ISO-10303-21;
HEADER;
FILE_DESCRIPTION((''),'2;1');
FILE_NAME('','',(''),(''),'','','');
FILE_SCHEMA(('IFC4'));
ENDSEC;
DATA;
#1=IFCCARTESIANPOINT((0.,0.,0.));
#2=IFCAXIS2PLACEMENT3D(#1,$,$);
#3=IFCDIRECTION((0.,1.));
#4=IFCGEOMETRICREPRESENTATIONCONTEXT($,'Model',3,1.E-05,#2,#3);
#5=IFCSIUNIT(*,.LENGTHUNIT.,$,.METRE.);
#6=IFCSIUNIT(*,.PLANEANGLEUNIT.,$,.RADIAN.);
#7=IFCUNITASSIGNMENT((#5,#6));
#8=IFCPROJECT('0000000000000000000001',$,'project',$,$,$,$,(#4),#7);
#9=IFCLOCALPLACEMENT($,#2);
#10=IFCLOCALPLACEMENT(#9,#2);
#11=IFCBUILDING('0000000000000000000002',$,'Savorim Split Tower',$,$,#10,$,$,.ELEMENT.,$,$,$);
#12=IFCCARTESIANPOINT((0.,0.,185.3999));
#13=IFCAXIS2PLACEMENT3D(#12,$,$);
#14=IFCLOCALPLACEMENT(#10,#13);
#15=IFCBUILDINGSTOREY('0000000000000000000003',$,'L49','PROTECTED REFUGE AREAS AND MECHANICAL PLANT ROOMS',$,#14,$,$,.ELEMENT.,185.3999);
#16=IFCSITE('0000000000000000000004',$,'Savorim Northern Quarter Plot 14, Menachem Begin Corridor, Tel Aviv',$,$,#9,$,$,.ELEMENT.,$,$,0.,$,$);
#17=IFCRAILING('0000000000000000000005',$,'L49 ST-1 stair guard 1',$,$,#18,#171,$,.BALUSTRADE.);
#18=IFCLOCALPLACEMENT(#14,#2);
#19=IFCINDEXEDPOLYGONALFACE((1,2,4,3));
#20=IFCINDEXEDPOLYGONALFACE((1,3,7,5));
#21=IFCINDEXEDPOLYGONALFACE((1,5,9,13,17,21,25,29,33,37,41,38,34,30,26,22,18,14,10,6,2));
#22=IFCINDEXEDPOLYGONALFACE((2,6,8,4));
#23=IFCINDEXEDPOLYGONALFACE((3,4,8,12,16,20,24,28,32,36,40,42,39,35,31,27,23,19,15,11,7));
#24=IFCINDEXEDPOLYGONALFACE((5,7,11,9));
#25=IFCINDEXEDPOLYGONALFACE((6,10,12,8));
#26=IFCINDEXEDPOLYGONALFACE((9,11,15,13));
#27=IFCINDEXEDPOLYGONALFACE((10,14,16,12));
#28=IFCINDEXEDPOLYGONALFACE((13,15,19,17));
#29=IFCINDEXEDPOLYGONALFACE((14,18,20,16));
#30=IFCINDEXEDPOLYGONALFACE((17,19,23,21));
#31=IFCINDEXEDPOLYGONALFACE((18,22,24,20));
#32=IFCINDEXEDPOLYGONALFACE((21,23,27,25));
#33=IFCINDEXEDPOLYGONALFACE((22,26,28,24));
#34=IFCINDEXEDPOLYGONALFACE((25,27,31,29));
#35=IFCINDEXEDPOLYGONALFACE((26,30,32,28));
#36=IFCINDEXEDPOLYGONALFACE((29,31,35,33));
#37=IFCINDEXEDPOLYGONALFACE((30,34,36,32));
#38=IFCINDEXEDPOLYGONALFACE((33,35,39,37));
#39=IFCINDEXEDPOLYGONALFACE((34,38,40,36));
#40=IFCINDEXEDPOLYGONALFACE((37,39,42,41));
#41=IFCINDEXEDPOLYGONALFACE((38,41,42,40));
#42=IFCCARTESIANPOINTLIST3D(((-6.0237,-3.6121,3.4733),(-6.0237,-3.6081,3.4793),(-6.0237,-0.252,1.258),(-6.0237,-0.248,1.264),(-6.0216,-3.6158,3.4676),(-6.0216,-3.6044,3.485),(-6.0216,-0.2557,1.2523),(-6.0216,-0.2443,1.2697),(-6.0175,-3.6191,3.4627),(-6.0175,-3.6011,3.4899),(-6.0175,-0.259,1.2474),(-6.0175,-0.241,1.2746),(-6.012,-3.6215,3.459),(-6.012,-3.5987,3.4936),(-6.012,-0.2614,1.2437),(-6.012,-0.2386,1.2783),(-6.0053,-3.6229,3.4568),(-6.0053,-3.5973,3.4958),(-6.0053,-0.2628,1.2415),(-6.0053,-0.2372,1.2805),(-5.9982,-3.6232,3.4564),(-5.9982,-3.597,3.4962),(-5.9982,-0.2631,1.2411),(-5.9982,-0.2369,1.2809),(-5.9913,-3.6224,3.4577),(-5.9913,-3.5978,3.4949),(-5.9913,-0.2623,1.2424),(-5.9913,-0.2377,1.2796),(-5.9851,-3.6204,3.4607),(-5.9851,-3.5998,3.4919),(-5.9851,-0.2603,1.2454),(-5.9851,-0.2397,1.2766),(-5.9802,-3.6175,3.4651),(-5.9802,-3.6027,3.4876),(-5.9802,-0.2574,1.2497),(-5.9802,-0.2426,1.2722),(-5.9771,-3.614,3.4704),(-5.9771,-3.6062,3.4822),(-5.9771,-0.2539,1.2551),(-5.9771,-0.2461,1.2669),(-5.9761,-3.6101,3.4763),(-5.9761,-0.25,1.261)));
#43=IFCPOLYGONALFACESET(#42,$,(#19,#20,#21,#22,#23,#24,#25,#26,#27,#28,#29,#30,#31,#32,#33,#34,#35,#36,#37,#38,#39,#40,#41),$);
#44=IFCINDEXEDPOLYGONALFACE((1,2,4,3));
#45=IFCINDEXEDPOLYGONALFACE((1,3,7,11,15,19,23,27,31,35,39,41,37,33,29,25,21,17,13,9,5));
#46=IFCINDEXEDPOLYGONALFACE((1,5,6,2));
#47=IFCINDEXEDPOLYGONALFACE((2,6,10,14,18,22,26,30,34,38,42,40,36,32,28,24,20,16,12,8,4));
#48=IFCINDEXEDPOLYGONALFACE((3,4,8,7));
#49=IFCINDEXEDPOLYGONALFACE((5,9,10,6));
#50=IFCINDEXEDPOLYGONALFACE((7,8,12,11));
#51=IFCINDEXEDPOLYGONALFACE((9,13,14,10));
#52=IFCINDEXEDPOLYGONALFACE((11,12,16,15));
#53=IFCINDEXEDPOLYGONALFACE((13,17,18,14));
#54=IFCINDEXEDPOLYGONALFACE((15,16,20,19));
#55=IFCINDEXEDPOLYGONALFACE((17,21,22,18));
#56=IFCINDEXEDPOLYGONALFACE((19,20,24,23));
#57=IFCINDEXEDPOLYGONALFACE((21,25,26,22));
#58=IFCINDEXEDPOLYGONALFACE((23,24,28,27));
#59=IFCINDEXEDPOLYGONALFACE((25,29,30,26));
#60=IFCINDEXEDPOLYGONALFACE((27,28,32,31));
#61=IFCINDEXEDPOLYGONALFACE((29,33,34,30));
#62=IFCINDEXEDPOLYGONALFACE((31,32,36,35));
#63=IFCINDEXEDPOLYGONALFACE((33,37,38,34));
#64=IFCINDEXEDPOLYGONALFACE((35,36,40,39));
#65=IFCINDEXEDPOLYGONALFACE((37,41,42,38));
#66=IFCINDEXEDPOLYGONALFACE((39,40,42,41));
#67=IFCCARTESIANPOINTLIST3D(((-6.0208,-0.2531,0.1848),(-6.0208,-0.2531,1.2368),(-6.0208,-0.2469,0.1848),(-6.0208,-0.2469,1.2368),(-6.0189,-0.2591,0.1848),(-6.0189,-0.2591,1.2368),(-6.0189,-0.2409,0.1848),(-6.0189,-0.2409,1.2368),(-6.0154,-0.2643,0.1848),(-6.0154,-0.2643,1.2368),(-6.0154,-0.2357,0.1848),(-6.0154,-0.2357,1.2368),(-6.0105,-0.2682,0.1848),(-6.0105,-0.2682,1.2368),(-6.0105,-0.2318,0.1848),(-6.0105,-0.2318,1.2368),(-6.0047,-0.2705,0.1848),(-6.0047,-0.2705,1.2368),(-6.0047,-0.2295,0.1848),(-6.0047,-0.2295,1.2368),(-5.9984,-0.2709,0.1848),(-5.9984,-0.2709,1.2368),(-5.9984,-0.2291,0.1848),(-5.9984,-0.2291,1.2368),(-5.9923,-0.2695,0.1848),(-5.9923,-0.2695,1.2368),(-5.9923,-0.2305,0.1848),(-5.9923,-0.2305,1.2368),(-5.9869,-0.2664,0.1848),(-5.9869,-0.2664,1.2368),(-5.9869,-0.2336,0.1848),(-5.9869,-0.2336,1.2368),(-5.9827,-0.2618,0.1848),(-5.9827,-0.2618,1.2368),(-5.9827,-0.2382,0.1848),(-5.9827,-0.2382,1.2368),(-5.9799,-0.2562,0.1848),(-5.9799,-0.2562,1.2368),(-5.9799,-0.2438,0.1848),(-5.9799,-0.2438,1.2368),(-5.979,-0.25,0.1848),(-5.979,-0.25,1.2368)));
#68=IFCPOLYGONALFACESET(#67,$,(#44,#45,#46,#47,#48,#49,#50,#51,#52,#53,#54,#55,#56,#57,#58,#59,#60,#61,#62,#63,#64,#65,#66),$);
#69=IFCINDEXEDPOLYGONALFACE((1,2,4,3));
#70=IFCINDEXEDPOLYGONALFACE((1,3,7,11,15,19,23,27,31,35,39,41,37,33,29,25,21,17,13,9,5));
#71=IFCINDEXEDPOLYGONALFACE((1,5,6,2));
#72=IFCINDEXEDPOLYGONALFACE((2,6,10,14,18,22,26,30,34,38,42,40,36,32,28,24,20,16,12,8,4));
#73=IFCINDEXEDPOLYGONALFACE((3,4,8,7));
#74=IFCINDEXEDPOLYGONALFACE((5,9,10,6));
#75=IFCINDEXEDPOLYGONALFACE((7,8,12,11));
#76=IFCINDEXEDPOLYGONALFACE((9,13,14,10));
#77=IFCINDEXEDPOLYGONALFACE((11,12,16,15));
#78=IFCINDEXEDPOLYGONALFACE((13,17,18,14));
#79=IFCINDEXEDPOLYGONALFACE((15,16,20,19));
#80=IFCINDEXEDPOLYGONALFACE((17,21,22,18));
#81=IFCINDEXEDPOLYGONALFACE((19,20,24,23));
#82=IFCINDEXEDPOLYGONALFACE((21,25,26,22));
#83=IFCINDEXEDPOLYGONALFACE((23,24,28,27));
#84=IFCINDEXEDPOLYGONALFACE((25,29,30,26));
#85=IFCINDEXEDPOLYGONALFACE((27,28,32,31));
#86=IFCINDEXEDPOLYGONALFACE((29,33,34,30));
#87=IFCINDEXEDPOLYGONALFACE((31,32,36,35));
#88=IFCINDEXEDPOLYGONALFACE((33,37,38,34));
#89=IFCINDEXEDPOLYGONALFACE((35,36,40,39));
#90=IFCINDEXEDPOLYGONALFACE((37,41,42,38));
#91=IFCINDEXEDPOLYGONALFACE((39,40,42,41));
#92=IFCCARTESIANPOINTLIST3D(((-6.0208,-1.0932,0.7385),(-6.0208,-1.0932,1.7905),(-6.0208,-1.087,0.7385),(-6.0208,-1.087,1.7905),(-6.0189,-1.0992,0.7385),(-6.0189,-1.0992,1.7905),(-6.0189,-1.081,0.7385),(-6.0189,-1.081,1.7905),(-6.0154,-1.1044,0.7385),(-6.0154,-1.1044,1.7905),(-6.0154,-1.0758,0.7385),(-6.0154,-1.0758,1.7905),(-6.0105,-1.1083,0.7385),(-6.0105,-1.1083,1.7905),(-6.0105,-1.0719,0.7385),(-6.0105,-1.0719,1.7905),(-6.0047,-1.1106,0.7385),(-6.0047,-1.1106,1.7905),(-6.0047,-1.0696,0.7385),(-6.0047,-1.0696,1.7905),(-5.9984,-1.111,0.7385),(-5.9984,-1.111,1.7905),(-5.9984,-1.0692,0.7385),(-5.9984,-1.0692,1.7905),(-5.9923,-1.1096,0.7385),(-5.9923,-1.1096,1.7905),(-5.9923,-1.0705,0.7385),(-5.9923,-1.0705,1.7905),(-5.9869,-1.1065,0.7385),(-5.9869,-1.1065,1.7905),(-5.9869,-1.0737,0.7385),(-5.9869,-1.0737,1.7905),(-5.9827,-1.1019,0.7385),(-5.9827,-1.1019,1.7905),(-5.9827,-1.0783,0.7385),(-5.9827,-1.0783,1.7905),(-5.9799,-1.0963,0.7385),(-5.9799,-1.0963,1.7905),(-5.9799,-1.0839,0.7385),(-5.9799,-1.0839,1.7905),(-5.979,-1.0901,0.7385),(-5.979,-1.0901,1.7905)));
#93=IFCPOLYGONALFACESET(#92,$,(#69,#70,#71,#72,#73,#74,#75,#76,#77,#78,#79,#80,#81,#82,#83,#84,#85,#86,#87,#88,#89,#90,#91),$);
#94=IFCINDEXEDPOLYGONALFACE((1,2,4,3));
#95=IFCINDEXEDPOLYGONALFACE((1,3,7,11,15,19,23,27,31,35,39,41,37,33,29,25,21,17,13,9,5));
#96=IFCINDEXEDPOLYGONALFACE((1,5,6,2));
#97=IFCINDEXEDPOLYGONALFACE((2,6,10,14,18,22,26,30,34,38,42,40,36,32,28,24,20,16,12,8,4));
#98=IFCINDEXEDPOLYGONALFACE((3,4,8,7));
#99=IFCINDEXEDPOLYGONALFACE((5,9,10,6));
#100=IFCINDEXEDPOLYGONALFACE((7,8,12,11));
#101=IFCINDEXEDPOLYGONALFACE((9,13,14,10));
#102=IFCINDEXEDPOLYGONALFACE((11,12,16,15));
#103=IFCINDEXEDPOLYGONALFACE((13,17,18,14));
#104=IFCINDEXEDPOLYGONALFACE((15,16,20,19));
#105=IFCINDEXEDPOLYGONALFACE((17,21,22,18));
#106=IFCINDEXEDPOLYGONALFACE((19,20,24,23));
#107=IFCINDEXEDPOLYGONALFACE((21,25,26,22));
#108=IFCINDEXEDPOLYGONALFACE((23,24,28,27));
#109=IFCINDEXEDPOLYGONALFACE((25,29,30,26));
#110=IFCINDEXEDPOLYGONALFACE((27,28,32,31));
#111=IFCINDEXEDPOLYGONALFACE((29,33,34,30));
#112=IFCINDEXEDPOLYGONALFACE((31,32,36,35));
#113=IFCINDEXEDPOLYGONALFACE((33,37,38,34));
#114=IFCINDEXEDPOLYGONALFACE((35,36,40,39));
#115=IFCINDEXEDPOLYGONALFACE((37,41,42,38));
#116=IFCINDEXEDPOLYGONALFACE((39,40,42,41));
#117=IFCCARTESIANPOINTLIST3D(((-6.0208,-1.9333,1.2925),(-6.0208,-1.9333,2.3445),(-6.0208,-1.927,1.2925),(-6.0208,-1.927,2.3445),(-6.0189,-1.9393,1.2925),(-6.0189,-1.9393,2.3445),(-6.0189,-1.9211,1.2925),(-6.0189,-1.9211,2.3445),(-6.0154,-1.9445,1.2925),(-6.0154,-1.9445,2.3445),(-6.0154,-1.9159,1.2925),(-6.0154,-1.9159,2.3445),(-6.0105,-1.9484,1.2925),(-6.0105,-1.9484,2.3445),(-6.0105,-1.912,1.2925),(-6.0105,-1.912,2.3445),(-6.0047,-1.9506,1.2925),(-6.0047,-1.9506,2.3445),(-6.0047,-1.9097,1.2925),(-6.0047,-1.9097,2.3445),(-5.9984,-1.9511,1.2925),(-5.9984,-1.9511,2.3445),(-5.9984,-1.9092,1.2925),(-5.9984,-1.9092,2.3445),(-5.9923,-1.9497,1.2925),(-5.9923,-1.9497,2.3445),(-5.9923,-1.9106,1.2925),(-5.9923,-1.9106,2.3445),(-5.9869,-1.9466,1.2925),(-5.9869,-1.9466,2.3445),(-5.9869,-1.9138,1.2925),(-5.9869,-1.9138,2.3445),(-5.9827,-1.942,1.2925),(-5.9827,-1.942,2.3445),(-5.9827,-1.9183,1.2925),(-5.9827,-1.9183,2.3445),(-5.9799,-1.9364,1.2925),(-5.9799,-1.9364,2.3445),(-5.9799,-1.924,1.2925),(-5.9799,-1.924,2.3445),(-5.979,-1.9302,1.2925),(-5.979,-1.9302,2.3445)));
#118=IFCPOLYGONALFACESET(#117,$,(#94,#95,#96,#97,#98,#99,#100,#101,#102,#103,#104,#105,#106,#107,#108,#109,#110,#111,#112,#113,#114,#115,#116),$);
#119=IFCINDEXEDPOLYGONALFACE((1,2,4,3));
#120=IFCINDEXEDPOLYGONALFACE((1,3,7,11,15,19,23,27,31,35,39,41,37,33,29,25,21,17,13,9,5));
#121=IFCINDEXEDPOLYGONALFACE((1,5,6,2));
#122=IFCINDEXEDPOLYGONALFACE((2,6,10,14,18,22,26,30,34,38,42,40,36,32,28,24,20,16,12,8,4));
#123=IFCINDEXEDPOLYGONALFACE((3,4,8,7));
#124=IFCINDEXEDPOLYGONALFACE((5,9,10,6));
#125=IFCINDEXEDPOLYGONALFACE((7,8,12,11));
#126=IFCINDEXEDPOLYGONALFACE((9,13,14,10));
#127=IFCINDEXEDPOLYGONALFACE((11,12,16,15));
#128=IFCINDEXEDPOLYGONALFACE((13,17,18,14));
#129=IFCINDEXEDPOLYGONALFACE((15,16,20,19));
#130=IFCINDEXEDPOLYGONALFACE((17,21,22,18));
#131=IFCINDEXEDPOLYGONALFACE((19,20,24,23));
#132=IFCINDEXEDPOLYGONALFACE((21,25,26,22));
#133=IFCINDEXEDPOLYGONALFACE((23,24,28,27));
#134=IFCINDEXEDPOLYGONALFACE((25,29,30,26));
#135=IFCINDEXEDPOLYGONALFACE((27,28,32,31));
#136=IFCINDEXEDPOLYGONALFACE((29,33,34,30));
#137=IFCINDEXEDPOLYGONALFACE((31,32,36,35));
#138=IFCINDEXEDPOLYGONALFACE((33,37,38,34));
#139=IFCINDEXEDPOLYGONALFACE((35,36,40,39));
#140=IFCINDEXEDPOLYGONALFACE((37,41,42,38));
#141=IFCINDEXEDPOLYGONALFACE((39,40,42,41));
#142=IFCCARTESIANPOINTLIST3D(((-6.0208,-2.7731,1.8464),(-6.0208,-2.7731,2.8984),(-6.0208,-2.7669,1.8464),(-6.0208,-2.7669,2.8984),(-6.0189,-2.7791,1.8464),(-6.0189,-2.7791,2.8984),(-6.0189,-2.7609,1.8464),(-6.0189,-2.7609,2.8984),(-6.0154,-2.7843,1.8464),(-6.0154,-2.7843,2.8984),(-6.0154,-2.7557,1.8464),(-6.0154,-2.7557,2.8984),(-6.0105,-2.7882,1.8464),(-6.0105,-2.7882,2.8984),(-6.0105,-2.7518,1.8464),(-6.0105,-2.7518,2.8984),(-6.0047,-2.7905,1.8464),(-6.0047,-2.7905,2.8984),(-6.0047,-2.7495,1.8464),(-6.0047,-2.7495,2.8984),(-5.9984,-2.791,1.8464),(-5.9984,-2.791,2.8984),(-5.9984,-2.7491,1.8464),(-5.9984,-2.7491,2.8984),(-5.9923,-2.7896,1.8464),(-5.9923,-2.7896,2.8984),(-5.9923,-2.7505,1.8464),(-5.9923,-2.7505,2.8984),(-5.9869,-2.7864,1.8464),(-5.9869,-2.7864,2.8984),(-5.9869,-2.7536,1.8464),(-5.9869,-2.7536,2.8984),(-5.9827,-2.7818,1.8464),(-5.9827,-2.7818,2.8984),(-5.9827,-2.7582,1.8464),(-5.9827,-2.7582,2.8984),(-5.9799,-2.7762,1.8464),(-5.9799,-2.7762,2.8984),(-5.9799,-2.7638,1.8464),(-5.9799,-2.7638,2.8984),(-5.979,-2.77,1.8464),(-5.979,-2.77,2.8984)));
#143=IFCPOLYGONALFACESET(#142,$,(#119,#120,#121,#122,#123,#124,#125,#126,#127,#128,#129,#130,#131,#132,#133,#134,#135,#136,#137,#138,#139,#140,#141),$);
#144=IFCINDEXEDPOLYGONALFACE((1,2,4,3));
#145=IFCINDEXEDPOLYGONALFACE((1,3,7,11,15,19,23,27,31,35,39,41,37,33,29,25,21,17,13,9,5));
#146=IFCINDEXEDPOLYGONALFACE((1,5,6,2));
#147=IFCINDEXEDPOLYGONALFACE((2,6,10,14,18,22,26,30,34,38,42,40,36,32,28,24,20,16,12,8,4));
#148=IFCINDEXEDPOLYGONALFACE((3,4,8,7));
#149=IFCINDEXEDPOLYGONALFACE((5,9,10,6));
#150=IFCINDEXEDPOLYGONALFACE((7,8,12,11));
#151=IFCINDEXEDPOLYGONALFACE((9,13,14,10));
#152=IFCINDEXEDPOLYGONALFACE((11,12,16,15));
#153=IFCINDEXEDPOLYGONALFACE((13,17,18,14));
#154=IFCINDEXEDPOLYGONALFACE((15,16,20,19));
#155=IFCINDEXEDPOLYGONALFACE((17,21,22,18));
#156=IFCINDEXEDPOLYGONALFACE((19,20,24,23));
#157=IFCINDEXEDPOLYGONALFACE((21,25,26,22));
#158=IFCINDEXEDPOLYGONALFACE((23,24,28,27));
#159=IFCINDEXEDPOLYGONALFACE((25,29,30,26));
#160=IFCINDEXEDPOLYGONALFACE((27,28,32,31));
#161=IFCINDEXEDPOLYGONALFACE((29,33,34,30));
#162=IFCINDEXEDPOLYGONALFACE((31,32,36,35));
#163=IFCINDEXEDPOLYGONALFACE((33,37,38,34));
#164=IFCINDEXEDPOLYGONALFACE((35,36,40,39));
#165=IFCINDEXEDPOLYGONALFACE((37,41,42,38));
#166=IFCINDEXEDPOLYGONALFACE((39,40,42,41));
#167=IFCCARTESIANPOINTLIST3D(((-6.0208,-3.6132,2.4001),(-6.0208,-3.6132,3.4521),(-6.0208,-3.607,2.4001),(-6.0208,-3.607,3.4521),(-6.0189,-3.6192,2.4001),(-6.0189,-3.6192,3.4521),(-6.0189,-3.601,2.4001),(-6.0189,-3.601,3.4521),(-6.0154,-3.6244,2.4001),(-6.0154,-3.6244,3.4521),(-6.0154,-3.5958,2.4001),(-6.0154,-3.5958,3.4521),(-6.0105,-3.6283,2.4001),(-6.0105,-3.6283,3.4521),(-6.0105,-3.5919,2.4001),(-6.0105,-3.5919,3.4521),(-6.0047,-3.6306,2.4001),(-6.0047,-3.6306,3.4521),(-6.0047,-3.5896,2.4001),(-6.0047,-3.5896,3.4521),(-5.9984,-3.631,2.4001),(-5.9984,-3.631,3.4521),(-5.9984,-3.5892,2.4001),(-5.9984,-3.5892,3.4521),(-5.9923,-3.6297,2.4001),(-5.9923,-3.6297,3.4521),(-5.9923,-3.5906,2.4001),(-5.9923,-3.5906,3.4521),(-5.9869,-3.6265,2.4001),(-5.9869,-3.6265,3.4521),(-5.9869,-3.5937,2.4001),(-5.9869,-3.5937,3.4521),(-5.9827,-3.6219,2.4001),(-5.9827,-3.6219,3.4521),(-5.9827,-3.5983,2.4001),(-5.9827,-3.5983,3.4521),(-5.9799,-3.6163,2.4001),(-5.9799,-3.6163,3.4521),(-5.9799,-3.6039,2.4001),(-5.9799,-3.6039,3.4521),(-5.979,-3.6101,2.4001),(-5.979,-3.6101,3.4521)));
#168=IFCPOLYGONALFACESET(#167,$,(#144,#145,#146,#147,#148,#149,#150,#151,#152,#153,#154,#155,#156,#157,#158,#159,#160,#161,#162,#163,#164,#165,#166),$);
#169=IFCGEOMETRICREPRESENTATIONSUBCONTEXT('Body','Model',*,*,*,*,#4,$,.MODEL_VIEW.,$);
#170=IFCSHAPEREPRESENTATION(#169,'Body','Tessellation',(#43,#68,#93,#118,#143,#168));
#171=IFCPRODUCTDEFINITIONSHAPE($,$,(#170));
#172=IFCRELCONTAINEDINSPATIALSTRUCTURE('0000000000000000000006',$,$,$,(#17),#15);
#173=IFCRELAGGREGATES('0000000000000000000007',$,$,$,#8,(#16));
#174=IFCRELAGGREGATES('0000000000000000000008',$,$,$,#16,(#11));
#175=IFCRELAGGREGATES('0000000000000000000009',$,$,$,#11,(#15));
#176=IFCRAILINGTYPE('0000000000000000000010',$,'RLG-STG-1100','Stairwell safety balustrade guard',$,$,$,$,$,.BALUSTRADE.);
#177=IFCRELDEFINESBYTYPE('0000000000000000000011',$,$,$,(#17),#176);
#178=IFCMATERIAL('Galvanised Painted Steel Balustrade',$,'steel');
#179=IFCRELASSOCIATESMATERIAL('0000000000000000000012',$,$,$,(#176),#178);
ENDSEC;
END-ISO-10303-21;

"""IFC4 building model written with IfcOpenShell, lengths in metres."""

from ifc_helpers import new_model, si_unit, direction, frame, origin, origin_2d, place, context, subcontext, project, spatial, circle, extrude, material, type_object, element, save


model = new_model("IFC4")

# Units and contexts
model_context = context("Model", 3, precision=1e-05, world=origin(), true_north=direction((0.0, 1.0)))
body_context = subcontext(model_context, "Body", "Model", "MODEL_VIEW")
ifc_project = project(units=[si_unit("LENGTHUNIT", "METRE"), si_unit("PLANEANGLEUNIT", "RADIAN")], contexts=[model_context])

# Site, building, storey
site_placement = place(None, origin())
site = spatial("IfcSite", under=ifc_project, at=site_placement, Name="Savorim Northern Quarter Plot 14, Menachem Begin Corridor, Tel Aviv", CompositionType="ELEMENT", RefElevation=0.0)
building_placement = place(site_placement, origin())
building = spatial("IfcBuilding", under=site, at=building_placement, Name="Savorim Split Tower", CompositionType="ELEMENT")
storey_placement = place(building_placement, frame((0.0, 0.0, 185.3999)))
storey = spatial("IfcBuildingStorey", under=building, at=storey_placement, Name="L49", Description="PROTECTED REFUGE AREAS AND MECHANICAL PLANT ROOMS", CompositionType="ELEMENT", Elevation=185.3999)

# Railing
ifc_material_1 = material(Name="Galvanised Painted Steel Balustrade", Category="steel")
railing_type_1 = type_object("IfcRailingType", Name="RLG-STG-1100", Description="Stairwell safety balustrade guard", PredefinedType="BALUSTRADE", material=ifc_material_1)
railing_1_placement = place(storey_placement, frame((-6.0, -0.25, 0.1848)))
element("IfcRailing", 1, at=railing_1_placement, inside=storey, type_object=railing_type_1, Name="L49 ST-1 stair guard 1", PredefinedType="BALUSTRADE", context=body_context, shape_type="SweptSolid", body=[
    extrude(circle(Radius=0.0239, at=origin_2d()), frame((0.0, 0.0, 1.0762), z_axis=(0.0, -0.834876, 0.550437), x_axis=(1.0, 0.0, 0.0)), (0.0, 0.0, 1.0), 4.0247),
    extrude(circle(Radius=0.021, at=origin_2d()), origin(), (0.0, 0.0, 1.0), 1.052),
    extrude(circle(Radius=0.021, at=origin_2d()), frame((0.0, -0.8401, 0.5537)), (0.0, 0.0, 1.0), 1.052),
    extrude(circle(Radius=0.021, at=origin_2d()), frame((0.0, -1.6802, 1.1077)), (0.0, 0.0, 1.0), 1.052),
    extrude(circle(Radius=0.021, at=origin_2d()), frame((0.0, -2.52, 1.6616)), (0.0, 0.0, 1.0), 1.052),
    extrude(circle(Radius=0.021, at=origin_2d()), frame((0.0, -3.3601, 2.2153)), (0.0, 0.0, 1.0), 1.052),
])

save(model, "model.ifc")
